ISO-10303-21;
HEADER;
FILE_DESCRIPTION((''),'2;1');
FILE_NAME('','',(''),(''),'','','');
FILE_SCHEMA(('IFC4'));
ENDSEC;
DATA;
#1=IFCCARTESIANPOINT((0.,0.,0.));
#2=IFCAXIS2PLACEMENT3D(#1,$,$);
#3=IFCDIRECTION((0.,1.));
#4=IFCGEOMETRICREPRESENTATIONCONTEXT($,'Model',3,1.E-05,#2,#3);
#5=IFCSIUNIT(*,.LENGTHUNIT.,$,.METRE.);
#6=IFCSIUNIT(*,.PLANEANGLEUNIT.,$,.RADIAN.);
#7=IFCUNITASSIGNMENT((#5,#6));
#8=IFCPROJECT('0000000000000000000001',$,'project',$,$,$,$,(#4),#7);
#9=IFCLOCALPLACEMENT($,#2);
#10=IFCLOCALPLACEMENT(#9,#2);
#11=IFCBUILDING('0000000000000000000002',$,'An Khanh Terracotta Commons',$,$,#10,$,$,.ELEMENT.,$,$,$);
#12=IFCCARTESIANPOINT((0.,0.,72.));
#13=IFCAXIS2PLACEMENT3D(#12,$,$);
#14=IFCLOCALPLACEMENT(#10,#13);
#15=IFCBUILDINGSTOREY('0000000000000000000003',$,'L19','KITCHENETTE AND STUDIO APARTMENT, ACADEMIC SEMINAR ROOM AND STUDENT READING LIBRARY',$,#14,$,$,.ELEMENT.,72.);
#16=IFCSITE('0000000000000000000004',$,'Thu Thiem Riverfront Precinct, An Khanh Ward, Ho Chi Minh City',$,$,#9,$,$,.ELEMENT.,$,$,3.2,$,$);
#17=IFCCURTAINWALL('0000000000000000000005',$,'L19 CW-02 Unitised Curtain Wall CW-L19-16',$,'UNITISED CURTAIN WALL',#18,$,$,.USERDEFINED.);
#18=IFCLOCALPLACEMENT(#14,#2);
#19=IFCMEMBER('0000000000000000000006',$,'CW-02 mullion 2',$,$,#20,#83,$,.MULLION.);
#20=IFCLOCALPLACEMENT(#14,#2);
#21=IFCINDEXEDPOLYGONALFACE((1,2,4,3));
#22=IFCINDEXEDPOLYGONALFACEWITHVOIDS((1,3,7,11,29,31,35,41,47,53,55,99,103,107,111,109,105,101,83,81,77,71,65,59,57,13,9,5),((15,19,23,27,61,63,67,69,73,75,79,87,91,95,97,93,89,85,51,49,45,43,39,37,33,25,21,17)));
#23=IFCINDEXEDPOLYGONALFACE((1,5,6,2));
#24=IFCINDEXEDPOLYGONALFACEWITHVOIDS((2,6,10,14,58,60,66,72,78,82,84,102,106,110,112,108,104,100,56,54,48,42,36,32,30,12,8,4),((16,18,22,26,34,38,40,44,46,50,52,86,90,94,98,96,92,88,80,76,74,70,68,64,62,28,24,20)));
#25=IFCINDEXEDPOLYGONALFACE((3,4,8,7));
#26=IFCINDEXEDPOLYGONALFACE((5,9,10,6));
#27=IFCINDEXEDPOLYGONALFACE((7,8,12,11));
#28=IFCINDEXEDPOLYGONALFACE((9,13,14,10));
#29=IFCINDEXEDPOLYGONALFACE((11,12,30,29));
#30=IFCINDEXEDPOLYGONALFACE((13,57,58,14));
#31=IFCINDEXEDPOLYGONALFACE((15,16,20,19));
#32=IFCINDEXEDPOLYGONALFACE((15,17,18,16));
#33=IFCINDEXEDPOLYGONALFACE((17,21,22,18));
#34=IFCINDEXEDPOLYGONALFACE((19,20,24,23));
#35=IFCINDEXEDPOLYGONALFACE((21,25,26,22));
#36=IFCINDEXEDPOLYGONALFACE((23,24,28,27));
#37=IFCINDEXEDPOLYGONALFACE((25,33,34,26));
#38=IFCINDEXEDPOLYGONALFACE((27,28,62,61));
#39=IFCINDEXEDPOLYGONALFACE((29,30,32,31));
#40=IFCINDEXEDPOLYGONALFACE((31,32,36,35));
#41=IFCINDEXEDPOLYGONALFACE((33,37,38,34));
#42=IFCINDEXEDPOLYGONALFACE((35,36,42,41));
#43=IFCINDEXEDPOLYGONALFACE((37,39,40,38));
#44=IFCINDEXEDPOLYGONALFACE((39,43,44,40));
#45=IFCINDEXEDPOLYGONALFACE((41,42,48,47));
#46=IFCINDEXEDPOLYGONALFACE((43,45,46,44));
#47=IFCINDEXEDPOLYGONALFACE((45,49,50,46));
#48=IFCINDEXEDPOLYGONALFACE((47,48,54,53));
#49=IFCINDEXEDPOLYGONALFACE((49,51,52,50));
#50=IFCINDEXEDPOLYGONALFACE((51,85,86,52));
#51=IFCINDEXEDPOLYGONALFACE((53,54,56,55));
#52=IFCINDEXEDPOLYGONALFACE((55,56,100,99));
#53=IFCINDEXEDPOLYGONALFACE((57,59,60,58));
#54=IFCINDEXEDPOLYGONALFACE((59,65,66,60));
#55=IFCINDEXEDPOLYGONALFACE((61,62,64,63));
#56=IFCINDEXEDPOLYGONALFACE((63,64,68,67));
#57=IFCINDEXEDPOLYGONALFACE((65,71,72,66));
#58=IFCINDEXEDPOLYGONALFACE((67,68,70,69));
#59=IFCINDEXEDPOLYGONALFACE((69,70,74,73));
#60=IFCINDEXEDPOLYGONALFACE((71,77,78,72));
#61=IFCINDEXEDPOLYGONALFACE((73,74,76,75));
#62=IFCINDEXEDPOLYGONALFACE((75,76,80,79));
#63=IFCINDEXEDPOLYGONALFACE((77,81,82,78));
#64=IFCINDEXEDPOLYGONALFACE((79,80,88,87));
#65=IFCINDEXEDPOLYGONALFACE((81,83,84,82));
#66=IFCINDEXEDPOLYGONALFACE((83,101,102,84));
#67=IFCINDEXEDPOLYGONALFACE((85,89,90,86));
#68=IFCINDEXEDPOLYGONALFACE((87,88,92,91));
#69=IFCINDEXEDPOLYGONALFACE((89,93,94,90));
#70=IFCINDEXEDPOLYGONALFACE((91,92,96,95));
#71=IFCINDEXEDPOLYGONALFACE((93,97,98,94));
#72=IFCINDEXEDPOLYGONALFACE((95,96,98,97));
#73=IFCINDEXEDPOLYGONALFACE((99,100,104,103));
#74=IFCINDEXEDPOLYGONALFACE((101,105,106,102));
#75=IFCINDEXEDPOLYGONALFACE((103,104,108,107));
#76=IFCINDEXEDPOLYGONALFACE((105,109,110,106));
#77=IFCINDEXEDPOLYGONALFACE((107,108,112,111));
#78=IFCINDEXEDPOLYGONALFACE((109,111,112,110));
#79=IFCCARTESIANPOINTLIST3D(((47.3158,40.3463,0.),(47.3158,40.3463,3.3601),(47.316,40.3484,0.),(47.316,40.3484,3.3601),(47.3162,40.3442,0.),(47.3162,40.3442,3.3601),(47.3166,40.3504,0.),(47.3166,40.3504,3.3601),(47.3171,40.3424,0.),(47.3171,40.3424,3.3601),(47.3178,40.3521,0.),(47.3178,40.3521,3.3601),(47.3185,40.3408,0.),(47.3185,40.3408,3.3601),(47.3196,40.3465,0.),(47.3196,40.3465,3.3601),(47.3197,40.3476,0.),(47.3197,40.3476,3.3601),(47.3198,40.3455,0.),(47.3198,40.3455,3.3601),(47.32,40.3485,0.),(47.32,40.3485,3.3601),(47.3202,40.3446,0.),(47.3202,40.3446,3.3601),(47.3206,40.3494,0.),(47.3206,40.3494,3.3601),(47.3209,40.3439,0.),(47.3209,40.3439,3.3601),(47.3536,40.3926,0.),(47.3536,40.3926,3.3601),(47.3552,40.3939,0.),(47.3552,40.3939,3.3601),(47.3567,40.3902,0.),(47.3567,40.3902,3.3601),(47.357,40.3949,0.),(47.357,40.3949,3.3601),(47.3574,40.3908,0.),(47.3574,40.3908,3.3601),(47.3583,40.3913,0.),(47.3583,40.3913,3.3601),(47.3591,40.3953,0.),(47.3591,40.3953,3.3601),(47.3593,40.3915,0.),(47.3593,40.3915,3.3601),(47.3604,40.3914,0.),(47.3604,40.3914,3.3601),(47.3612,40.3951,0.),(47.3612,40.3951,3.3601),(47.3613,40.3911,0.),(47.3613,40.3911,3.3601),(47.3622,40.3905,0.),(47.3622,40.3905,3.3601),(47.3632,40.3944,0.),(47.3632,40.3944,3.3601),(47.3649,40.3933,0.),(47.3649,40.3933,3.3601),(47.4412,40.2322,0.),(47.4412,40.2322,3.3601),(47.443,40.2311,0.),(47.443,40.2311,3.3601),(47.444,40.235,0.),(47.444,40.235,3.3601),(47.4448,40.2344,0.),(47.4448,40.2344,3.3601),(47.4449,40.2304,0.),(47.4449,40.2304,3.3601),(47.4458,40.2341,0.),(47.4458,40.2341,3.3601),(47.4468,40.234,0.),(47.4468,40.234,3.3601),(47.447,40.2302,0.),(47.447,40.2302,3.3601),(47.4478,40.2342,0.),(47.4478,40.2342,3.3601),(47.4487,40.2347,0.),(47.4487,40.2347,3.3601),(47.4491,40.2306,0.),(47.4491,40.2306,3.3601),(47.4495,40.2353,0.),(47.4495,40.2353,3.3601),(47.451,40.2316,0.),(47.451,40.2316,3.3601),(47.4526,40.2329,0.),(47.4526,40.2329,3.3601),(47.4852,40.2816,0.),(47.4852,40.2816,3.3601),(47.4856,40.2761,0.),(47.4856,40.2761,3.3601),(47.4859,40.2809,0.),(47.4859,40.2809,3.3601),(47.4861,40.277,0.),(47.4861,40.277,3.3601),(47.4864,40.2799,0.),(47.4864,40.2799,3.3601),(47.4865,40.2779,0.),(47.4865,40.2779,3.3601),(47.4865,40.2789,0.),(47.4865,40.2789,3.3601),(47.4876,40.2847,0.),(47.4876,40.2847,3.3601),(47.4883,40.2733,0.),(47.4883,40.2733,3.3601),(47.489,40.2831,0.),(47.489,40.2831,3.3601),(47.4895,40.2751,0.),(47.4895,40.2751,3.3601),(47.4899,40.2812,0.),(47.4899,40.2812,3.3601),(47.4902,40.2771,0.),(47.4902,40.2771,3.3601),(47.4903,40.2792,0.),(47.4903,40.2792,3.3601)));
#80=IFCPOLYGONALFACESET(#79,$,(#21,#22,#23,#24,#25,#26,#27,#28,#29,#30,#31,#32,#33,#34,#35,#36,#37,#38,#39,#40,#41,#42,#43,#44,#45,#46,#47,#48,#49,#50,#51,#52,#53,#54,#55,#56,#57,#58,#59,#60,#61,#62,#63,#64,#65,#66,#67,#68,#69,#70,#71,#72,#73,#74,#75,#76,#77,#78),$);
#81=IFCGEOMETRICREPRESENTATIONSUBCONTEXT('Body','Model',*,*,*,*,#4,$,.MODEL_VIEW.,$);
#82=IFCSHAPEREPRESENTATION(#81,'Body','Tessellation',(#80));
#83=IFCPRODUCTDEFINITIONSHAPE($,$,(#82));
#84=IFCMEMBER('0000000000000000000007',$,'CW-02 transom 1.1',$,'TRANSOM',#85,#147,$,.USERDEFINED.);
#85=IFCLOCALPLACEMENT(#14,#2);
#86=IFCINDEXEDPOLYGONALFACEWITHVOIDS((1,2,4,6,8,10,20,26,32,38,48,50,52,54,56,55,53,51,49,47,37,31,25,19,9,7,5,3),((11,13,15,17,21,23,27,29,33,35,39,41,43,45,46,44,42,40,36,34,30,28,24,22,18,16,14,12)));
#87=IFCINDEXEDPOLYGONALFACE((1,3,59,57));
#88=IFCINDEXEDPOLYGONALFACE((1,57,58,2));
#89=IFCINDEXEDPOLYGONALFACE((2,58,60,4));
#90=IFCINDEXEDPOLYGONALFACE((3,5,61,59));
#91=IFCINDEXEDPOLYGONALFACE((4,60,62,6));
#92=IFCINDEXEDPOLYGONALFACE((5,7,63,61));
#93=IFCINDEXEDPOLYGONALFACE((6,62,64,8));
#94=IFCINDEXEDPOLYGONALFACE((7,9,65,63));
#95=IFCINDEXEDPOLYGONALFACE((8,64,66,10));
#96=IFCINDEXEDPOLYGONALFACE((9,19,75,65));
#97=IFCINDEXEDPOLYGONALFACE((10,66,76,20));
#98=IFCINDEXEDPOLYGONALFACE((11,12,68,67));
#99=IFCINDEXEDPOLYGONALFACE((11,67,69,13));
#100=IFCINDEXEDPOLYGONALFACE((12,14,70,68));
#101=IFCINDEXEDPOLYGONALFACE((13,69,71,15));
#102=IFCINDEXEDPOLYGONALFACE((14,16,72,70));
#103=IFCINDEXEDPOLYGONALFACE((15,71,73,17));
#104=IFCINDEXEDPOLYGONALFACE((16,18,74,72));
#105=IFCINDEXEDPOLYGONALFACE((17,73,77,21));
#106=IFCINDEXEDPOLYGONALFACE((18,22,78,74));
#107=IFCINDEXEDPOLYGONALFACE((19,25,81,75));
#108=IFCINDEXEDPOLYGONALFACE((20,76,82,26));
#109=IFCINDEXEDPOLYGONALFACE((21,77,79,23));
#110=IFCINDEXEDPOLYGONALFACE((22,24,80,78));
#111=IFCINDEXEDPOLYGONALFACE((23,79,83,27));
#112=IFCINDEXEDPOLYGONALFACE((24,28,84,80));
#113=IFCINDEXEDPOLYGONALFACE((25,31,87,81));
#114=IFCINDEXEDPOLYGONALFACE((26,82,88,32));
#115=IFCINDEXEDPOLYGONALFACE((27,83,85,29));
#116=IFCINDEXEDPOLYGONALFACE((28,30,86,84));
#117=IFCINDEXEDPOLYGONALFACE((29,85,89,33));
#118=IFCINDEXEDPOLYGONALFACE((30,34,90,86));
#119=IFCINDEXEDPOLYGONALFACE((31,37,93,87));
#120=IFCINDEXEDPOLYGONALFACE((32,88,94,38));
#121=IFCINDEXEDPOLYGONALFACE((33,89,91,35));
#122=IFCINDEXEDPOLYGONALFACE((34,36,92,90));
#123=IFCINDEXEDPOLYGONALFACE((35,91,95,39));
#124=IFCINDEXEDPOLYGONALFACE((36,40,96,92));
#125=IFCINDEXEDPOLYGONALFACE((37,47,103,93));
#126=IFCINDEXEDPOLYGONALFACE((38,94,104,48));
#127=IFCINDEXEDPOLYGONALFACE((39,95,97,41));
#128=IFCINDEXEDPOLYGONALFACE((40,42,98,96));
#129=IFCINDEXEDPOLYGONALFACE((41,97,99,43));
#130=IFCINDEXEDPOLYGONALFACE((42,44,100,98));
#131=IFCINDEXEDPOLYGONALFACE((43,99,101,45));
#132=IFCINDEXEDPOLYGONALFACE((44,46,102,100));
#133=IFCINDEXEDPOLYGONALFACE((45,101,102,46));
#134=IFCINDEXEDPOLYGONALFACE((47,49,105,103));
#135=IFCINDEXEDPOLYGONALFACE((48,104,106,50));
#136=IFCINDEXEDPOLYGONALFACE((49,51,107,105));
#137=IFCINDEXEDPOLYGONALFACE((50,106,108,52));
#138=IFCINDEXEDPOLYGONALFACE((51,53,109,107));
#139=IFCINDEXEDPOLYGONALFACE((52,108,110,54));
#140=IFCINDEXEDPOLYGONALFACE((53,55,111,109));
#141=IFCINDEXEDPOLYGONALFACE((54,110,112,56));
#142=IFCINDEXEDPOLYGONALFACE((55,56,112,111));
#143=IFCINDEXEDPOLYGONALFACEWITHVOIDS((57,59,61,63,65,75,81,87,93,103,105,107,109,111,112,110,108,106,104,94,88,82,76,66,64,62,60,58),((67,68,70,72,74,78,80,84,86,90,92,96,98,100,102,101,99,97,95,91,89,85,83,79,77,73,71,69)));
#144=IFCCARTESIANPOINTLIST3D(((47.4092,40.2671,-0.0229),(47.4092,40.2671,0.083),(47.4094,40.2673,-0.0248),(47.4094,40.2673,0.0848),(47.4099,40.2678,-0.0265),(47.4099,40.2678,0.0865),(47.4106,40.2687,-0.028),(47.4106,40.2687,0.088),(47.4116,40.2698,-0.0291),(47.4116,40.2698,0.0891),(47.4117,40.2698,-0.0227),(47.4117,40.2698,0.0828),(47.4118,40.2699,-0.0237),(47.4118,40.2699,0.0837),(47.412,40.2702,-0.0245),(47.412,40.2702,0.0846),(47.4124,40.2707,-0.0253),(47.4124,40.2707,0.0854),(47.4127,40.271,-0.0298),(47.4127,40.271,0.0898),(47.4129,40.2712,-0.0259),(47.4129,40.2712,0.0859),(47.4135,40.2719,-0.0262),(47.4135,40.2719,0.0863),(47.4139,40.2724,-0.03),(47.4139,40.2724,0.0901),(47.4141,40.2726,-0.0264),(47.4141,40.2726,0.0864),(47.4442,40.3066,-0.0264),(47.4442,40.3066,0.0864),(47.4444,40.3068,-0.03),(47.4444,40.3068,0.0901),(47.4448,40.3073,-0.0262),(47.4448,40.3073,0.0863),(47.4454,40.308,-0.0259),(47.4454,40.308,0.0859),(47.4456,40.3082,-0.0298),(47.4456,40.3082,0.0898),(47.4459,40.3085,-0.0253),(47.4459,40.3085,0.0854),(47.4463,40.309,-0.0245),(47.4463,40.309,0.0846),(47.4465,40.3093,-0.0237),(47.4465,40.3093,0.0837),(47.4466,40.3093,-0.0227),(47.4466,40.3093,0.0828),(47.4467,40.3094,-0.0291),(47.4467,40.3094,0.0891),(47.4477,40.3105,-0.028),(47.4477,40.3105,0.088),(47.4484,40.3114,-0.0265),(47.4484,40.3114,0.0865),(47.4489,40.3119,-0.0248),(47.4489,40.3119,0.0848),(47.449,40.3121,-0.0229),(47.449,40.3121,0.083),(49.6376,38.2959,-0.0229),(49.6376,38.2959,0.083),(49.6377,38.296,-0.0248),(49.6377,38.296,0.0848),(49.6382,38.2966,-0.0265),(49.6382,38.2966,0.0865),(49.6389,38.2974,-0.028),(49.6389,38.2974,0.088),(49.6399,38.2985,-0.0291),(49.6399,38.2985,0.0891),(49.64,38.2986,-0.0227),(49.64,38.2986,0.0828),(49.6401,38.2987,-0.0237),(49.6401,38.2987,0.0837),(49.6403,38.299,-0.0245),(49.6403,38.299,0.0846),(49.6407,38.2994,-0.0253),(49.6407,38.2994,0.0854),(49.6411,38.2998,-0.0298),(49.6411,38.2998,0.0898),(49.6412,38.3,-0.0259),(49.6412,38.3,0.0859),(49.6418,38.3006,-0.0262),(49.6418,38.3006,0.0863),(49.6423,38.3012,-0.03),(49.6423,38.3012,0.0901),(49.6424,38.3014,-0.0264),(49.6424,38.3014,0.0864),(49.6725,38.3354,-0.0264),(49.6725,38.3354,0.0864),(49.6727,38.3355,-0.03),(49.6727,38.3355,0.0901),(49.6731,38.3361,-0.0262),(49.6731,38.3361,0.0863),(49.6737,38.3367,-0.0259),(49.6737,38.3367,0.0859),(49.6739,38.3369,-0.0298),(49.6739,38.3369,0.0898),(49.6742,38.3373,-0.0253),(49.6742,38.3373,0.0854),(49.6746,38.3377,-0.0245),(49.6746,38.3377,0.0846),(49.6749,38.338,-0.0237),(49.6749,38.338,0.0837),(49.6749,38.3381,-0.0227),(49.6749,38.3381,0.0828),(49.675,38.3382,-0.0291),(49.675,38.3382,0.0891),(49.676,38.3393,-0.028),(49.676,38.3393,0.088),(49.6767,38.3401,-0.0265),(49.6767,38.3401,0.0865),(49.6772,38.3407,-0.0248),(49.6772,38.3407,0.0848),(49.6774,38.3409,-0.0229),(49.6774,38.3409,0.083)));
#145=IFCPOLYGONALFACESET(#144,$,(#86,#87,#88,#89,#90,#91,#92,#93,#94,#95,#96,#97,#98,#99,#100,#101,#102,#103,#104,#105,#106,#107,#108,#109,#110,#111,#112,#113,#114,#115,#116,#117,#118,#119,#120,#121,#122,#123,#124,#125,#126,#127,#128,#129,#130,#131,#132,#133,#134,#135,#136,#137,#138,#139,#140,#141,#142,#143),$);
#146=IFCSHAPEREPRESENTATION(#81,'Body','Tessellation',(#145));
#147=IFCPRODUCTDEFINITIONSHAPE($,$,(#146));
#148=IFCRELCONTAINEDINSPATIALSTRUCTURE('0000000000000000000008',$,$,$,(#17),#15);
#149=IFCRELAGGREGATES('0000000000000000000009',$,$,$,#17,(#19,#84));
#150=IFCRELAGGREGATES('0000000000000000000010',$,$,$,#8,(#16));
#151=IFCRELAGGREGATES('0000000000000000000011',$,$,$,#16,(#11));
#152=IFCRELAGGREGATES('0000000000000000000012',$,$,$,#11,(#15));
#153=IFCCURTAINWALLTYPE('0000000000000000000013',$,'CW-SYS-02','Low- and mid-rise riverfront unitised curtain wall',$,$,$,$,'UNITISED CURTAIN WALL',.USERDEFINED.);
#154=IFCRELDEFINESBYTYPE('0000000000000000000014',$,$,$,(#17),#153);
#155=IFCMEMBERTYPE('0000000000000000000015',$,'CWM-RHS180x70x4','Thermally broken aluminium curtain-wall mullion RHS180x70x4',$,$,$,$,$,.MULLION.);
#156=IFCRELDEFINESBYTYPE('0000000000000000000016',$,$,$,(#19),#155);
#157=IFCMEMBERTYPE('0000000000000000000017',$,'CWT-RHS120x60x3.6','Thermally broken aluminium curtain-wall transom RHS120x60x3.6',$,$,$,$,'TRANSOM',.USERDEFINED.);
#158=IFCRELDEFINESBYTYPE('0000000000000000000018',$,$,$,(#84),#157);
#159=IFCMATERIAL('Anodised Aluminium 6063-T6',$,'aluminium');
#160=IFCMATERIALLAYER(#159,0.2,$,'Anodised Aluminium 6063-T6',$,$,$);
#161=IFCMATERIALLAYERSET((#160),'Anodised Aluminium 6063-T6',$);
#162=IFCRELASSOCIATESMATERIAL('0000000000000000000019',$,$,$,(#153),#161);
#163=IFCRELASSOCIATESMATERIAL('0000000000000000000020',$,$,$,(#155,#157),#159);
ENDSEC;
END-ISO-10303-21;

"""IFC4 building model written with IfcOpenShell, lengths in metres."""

from ifc_helpers import new_model, si_unit, direction, frame, origin, origin_2d, place, context, subcontext, project, spatial, hollow_rectangle, extrude, material, layer, layer_set, material_profile, profile_set, type_object, element, aggregate, save


model = new_model("IFC4")

# Units and contexts
model_context = context("Model", 3, precision=1e-05, world=origin(), true_north=direction((0.0, 1.0)))
body_context = subcontext(model_context, "Body", "Model", "MODEL_VIEW")
ifc_project = project(units=[si_unit("LENGTHUNIT", "METRE"), si_unit("PLANEANGLEUNIT", "RADIAN")], contexts=[model_context])

# Site, building, storey
site_placement = place(None, origin())
site = spatial("IfcSite", under=ifc_project, at=site_placement, Name="Thu Thiem Riverfront Precinct, An Khanh Ward, Ho Chi Minh City", CompositionType="ELEMENT", RefElevation=3.2)
building_placement = place(site_placement, origin())
building = spatial("IfcBuilding", under=site, at=building_placement, Name="An Khanh Terracotta Commons", CompositionType="ELEMENT")
storey_placement = place(building_placement, frame((0.0, 0.0, 72.0)))
storey = spatial("IfcBuildingStorey", under=building, at=storey_placement, Name="L19", Description="KITCHENETTE AND STUDIO APARTMENT, ACADEMIC SEMINAR ROOM AND STUDENT READING LIBRARY", CompositionType="ELEMENT", Elevation=72.0)

# Shared definitions
ifc_material_1 = material(Name="Anodised Aluminium 6063-T6", Category="aluminium")
ifc_layer_1 = layer(ifc_material_1, 0.2, Name="Anodised Aluminium 6063-T6")
ifc_layer_set_1 = layer_set([ifc_layer_1], Name="Anodised Aluminium 6063-T6")
curtain_wall_type = type_object("IfcCurtainWallType", Name="CW-SYS-02", Description="Low- and mid-rise riverfront unitised curtain wall", ElementType="UNITISED CURTAIN WALL", PredefinedType="USERDEFINED", material=ifc_layer_set_1)
ifc_material_profile_1 = material_profile(ifc_material_1, hollow_rectangle(XDim=0.0701, YDim=0.1799, WallThickness=0.0039, InnerFilletRadius=0.0039, OuterFilletRadius=0.0081, at=origin_2d()), Name="RHS180x70x4")
ifc_profile_set_1 = profile_set([ifc_material_profile_1], Name="Anodised Aluminium 6063-T6")
member_type_1 = type_object("IfcMemberType", Name="CWM-RHS180x70x4", Description="Thermally broken aluminium curtain-wall mullion RHS180x70x4", PredefinedType="MULLION", material=ifc_profile_set_1)

# Curtain wall, members
curtain_wall_1_placement = place(storey_placement, origin())
curtain_wall_1 = element("IfcCurtainWall", 1, at=curtain_wall_1_placement, inside=storey, type_object=curtain_wall_type, Name="L19 CW-02 Unitised Curtain Wall CW-L19-16", ObjectType="UNITISED CURTAIN WALL", PredefinedType="USERDEFINED")
member_1_placement = place(storey_placement, frame((47.4031, 40.3127, 0.0), z_axis=(0.0, 0.0, 1.0), x_axis=(-0.662548, -0.749019, 0.0)))
member_1 = element("IfcMember", 2, at=member_1_placement, type_object=member_type_1, Name="CW-02 mullion 2", PredefinedType="MULLION", context=body_context, shape_type="SweptSolid", body=[
    extrude(hollow_rectangle(XDim=0.0701, YDim=0.1799, WallThickness=0.0039, InnerFilletRadius=0.0039, OuterFilletRadius=0.0081, at=origin_2d()), origin(), (0.0, 0.0, 1.0), 3.3601),
])
ifc_material_profile_2 = material_profile(ifc_material_1, hollow_rectangle(XDim=0.0601, YDim=0.1201, WallThickness=0.0037, InnerFilletRadius=0.0037, OuterFilletRadius=0.0071, at=origin_2d()), Name="RHS120x60x3.6")
ifc_profile_set_2 = profile_set([ifc_material_profile_2], Name="Anodised Aluminium 6063-T6")
member_type_2 = type_object("IfcMemberType", Name="CWT-RHS120x60x3.6", Description="Thermally broken aluminium curtain-wall transom RHS120x60x3.6", ElementType="TRANSOM", PredefinedType="USERDEFINED", material=ifc_profile_set_2)
member_2_placement = place(storey_placement, frame((49.6575, 38.3184, 0.03), z_axis=(-0.748992, 0.662579, 0.0), x_axis=(-0.662579, -0.748992, 0.0)))
member_2 = element("IfcMember", 3, at=member_2_placement, type_object=member_type_2, Name="CW-02 transom 1.1", ObjectType="TRANSOM", PredefinedType="USERDEFINED", context=body_context, shape_type="SweptSolid", body=[
    extrude(hollow_rectangle(XDim=0.0601, YDim=0.1201, WallThickness=0.0037, InnerFilletRadius=0.0037, OuterFilletRadius=0.0071, at=origin_2d()), origin(), (0.0, 0.0, 1.0), 2.9751),
])
aggregate(curtain_wall_1, [member_1, member_2])

save(model, "model.ifc")
